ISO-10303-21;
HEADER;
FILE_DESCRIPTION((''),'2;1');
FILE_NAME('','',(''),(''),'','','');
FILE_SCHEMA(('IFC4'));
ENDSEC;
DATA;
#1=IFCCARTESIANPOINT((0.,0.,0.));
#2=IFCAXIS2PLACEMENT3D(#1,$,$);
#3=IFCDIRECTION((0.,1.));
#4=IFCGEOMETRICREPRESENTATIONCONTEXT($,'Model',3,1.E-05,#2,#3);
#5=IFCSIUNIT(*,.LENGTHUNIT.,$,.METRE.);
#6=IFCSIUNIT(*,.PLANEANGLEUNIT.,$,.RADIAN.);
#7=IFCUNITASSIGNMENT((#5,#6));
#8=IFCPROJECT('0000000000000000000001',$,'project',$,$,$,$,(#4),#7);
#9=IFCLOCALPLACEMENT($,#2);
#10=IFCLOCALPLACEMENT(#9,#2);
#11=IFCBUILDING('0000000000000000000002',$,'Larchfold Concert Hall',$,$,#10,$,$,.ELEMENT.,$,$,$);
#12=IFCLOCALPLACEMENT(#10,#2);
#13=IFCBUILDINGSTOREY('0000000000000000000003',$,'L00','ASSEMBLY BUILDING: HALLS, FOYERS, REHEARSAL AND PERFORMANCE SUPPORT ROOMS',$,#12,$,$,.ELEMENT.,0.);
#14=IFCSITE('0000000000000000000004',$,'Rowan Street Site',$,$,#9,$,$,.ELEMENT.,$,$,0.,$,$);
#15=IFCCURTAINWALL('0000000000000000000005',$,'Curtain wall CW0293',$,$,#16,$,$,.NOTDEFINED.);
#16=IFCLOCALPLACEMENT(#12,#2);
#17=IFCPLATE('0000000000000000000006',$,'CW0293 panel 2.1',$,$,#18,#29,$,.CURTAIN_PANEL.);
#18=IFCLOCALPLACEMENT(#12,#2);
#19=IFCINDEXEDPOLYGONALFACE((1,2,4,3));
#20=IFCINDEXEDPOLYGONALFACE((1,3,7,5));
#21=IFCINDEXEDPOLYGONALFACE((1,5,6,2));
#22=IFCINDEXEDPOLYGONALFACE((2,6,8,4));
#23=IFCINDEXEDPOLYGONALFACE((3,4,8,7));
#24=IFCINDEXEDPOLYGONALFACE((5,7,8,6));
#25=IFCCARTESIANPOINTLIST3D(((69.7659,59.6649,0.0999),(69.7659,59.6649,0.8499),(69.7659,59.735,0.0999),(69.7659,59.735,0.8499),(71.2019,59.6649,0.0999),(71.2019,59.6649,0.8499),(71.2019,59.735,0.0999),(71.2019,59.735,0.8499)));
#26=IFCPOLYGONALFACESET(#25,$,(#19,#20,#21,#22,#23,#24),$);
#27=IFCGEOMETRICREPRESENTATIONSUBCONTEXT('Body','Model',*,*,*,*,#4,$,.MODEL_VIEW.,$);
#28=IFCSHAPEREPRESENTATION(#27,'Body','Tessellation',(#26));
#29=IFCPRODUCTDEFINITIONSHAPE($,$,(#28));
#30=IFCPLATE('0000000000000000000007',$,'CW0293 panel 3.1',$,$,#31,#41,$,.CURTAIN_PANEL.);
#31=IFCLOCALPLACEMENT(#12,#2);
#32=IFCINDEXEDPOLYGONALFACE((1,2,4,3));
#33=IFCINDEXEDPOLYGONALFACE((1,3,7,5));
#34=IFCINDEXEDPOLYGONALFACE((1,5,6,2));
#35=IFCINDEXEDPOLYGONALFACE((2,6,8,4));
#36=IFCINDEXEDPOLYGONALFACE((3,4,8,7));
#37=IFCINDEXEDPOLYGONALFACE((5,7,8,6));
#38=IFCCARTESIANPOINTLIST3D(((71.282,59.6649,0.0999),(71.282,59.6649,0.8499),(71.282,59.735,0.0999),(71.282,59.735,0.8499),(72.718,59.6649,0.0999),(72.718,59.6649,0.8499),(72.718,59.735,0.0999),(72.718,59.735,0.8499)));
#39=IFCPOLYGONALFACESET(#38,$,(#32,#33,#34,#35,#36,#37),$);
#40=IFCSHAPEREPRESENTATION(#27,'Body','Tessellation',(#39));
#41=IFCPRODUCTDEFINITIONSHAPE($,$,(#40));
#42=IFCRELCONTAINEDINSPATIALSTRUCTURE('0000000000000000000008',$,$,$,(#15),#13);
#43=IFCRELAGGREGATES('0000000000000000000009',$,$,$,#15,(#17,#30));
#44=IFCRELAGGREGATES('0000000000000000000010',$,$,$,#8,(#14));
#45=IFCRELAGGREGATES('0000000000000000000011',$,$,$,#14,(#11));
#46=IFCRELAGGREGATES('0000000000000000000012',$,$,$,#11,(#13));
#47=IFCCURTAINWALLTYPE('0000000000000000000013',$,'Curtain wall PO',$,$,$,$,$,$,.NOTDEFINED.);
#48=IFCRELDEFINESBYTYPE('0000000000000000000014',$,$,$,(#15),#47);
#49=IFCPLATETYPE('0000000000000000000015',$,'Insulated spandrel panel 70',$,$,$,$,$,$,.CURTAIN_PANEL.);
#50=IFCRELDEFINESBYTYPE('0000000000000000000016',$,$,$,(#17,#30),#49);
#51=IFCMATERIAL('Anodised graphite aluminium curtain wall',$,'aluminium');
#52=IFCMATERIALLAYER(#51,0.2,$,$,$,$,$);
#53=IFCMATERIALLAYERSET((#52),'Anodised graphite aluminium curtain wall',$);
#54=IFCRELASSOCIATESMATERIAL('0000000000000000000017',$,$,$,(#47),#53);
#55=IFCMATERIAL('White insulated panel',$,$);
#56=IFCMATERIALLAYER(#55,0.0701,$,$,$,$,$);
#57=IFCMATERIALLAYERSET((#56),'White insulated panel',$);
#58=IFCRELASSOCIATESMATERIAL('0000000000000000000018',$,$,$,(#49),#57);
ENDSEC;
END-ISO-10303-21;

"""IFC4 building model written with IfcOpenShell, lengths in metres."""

from ifc_helpers import new_model, si_unit, direction, frame, origin, origin_2d, place, context, subcontext, project, spatial, rectangle, extrude, material, layer, layer_set, type_object, element, aggregate, save


model = new_model("IFC4")

# Units and contexts
model_context = context("Model", 3, precision=1e-05, world=origin(), true_north=direction((0.0, 1.0)))
body_context = subcontext(model_context, "Body", "Model", "MODEL_VIEW")
ifc_project = project(units=[si_unit("LENGTHUNIT", "METRE"), si_unit("PLANEANGLEUNIT", "RADIAN")], contexts=[model_context])

# Site, building, storey
site_placement = place(None, origin())
site = spatial("IfcSite", under=ifc_project, at=site_placement, Name="Rowan Street Site", CompositionType="ELEMENT", RefElevation=0.0)
building_placement = place(site_placement, origin())
building = spatial("IfcBuilding", under=site, at=building_placement, Name="Larchfold Concert Hall", CompositionType="ELEMENT")
storey_placement = place(building_placement, origin())
storey = spatial("IfcBuildingStorey", under=building, at=storey_placement, Name="L00", Description="ASSEMBLY BUILDING: HALLS, FOYERS, REHEARSAL AND PERFORMANCE SUPPORT ROOMS", CompositionType="ELEMENT", Elevation=0.0)

# Curtain wall
ifc_material_1 = material(Name="Anodised graphite aluminium curtain wall", Category="aluminium")
ifc_layer_1 = layer(ifc_material_1, 0.2)
ifc_layer_set_1 = layer_set([ifc_layer_1], Name="Anodised graphite aluminium curtain wall")
curtain_wall_type = type_object("IfcCurtainWallType", Name="Curtain wall PO", PredefinedType="NOTDEFINED", material=ifc_layer_set_1)
curtain_wall_1_placement = place(storey_placement, origin())
curtain_wall_1 = element("IfcCurtainWall", 1, at=curtain_wall_1_placement, inside=storey, type_object=curtain_wall_type, Name="Curtain wall CW0293", PredefinedType="NOTDEFINED")

# Plates
ifc_material_2 = material(Name="White insulated panel")
ifc_layer_2 = layer(ifc_material_2, 0.0701)
ifc_layer_set_2 = layer_set([ifc_layer_2], Name="White insulated panel")
plate_type_1 = type_object("IfcPlateType", Name="Insulated spandrel panel 70", PredefinedType="CURTAIN_PANEL", material=ifc_layer_set_2)
plate_1_placement = place(storey_placement, frame((70.4839, 59.7, 0.0999), z_axis=(0.0, 0.0, 1.0), x_axis=(1.0, 0.0, 0.0)))
plate_1 = element("IfcPlate", 2, at=plate_1_placement, type_object=plate_type_1, Name="CW0293 panel 2.1", PredefinedType="CURTAIN_PANEL", context=body_context, shape_type="SweptSolid", body=[
    extrude(rectangle(XDim=1.436, YDim=0.0701, at=origin_2d()), origin(), (0.0, 0.0, 1.0), 0.75),
])
plate_2_placement = place(storey_placement, frame((72.0, 59.7, 0.0999), z_axis=(0.0, 0.0, 1.0), x_axis=(1.0, 0.0, 0.0)))
plate_2 = element("IfcPlate", 3, at=plate_2_placement, type_object=plate_type_1, Name="CW0293 panel 3.1", PredefinedType="CURTAIN_PANEL", context=body_context, shape_type="SweptSolid", body=[
    extrude(rectangle(XDim=1.436, YDim=0.0701, at=origin_2d()), origin(), (0.0, 0.0, 1.0), 0.75),
])
aggregate(curtain_wall_1, [plate_1, plate_2])

save(model, "model.ifc")
